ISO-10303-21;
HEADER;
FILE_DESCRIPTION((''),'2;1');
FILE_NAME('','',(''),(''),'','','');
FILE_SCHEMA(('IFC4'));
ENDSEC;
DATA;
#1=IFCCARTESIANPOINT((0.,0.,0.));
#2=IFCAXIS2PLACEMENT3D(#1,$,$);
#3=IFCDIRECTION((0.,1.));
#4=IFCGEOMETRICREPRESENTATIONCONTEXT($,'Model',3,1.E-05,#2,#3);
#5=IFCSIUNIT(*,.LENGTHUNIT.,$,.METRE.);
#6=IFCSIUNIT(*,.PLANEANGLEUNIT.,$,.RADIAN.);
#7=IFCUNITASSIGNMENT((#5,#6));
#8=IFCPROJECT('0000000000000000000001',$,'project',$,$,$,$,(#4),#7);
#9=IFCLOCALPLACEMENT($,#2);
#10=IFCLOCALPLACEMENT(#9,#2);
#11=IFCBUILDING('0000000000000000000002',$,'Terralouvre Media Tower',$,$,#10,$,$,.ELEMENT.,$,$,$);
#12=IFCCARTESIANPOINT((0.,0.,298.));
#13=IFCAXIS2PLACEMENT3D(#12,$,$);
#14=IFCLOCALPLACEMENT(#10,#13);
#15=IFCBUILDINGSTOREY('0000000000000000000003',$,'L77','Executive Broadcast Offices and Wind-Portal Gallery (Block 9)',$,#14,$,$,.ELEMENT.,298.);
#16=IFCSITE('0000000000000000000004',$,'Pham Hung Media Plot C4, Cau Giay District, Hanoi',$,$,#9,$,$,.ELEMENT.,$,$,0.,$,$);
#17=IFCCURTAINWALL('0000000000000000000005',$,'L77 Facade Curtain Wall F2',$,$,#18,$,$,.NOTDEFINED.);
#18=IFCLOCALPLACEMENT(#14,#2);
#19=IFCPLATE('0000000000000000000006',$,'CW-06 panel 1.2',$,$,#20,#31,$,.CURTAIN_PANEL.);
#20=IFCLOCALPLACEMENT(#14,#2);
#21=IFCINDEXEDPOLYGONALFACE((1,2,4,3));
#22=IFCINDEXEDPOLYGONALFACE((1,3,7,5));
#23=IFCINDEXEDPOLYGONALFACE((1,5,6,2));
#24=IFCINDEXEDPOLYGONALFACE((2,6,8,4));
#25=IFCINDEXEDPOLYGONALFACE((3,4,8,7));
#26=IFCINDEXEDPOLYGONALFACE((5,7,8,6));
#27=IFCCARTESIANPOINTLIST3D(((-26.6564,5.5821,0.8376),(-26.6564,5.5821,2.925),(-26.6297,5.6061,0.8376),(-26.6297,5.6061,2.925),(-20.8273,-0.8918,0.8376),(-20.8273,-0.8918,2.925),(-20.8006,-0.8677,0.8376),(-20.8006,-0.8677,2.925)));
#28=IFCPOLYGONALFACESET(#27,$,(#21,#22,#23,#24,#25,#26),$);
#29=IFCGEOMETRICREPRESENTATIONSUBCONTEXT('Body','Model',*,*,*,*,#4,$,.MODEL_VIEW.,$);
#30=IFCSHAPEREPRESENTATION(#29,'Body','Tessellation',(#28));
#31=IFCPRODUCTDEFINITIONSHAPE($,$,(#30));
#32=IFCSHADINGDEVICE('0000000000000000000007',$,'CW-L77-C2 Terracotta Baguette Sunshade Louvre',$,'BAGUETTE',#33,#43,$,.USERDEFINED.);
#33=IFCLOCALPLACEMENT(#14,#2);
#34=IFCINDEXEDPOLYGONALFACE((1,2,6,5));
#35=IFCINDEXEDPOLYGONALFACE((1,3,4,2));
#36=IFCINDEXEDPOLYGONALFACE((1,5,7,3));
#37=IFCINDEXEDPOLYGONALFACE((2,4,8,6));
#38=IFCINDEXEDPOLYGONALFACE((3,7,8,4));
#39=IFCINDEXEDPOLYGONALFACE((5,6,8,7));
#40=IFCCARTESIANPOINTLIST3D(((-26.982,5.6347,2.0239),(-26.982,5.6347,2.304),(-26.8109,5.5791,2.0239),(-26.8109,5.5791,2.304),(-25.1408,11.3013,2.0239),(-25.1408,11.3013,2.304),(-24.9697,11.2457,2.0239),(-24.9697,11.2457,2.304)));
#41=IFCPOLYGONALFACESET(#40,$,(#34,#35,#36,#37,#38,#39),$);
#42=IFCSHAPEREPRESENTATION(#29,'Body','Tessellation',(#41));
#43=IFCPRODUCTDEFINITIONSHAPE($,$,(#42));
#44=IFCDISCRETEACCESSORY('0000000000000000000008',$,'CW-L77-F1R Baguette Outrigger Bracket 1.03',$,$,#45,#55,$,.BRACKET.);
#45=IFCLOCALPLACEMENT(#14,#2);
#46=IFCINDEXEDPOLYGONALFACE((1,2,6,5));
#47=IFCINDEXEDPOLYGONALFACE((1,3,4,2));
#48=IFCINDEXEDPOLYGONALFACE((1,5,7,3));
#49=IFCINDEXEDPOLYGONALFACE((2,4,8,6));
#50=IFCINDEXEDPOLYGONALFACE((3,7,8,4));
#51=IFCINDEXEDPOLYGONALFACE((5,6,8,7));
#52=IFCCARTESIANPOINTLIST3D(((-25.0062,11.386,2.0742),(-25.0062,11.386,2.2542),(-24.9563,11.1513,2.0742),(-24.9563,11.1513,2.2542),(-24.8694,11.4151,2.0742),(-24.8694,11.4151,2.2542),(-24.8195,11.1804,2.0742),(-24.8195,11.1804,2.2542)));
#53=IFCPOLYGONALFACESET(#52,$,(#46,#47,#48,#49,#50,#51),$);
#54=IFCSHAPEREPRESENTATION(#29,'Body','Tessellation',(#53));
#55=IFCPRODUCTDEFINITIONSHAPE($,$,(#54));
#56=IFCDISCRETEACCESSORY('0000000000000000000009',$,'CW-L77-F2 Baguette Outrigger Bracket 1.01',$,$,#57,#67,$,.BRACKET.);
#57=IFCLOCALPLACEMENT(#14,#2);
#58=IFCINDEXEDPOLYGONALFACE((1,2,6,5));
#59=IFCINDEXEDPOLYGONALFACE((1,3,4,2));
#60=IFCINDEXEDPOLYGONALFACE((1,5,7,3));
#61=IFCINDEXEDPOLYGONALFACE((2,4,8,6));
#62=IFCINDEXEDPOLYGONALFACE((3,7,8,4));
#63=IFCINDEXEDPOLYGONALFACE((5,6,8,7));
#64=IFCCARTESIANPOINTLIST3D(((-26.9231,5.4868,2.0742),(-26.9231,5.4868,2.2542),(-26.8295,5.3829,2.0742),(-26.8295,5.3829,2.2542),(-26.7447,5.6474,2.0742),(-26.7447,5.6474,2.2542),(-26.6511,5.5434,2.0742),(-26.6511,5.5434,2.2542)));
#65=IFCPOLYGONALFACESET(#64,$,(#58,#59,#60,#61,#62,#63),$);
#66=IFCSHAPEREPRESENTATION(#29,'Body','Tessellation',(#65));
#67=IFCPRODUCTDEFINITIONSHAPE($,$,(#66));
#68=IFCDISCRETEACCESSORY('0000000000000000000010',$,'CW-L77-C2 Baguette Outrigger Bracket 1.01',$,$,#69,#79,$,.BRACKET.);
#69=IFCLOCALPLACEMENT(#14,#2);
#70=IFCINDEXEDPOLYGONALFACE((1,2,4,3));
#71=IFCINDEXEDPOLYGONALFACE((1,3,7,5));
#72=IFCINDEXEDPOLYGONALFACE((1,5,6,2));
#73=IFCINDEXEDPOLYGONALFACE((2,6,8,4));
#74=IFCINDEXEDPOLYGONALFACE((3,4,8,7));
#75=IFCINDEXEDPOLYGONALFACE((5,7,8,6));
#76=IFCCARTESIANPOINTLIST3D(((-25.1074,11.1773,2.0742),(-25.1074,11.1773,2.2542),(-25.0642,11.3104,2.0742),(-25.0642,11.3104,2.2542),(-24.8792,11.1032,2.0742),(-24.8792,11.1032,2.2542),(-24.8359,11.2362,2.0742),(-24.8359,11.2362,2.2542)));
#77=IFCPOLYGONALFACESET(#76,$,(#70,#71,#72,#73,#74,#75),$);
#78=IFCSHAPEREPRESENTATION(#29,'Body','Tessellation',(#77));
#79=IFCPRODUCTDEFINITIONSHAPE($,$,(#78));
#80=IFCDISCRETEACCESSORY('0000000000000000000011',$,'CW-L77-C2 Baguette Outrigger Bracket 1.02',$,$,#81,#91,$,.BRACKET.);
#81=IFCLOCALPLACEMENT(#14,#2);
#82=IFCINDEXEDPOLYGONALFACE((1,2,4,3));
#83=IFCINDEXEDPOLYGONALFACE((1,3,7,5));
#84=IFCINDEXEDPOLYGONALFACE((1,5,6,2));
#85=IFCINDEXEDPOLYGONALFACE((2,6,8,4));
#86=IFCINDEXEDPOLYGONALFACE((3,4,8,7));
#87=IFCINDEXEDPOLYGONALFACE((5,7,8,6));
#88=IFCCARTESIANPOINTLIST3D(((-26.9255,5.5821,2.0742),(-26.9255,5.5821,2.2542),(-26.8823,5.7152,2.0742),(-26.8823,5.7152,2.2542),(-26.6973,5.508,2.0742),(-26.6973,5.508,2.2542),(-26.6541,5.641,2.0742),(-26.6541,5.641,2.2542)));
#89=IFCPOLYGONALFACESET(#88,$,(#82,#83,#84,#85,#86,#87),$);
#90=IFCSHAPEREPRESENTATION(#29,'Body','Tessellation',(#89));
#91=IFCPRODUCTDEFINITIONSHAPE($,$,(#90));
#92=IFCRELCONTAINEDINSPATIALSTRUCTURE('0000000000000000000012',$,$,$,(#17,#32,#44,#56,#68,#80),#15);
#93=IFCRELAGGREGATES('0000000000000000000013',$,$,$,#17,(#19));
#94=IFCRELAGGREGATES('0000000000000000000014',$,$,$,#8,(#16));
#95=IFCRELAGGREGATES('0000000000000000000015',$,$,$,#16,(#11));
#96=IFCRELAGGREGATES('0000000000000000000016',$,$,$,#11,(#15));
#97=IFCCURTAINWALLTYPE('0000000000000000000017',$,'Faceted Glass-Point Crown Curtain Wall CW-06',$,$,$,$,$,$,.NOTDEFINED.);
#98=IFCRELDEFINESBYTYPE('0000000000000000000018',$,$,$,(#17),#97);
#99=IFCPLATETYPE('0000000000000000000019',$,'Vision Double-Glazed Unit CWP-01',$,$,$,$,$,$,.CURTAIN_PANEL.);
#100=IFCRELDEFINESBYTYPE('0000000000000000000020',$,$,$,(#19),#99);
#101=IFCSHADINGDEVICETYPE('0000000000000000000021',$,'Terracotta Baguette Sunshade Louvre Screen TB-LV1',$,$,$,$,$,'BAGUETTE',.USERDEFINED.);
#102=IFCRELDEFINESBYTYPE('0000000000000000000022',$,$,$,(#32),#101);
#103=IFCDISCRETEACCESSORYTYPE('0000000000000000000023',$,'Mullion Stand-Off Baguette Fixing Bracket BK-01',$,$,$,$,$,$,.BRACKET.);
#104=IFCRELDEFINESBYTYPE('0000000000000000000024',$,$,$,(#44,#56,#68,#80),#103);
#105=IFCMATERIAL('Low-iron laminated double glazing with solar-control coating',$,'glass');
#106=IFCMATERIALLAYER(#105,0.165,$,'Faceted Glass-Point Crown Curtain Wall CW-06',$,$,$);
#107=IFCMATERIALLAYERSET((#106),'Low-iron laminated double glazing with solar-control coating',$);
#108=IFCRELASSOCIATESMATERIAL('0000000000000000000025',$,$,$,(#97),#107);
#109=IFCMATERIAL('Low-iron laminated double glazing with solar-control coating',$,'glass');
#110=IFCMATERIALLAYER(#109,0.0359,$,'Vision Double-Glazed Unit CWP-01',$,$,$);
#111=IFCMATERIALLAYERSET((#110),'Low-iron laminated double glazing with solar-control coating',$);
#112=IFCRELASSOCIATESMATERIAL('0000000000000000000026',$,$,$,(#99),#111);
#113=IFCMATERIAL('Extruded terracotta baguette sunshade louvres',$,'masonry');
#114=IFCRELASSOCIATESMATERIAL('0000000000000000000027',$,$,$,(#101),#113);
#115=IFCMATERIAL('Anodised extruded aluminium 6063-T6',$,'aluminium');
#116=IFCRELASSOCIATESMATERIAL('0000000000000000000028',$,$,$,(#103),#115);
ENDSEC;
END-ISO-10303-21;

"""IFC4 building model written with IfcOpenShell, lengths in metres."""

from ifc_helpers import new_model, si_unit, direction, frame, origin, origin_2d, place, context, subcontext, project, spatial, rectangle, extrude, material, layer, layer_set, type_object, element, aggregate, save


model = new_model("IFC4")

# Units and contexts
model_context = context("Model", 3, precision=1e-05, world=origin(), true_north=direction((0.0, 1.0)))
body_context = subcontext(model_context, "Body", "Model", "MODEL_VIEW")
ifc_project = project(units=[si_unit("LENGTHUNIT", "METRE"), si_unit("PLANEANGLEUNIT", "RADIAN")], contexts=[model_context])

# Site, building, storey
site_placement = place(None, origin())
site = spatial("IfcSite", under=ifc_project, at=site_placement, Name="Pham Hung Media Plot C4, Cau Giay District, Hanoi", CompositionType="ELEMENT", RefElevation=0.0)
building_placement = place(site_placement, origin())
building = spatial("IfcBuilding", under=site, at=building_placement, Name="Terralouvre Media Tower", CompositionType="ELEMENT")
storey_placement = place(building_placement, frame((0.0, 0.0, 298.0)))
storey = spatial("IfcBuildingStorey", under=building, at=storey_placement, Name="L77", Description="Executive Broadcast Offices and Wind-Portal Gallery (Block 9)", CompositionType="ELEMENT", Elevation=298.0)

# Curtain wall
ifc_material_1 = material(Name="Low-iron laminated double glazing with solar-control coating", Category="glass")
ifc_layer_1 = layer(ifc_material_1, 0.165, Name="Faceted Glass-Point Crown Curtain Wall CW-06")
ifc_layer_set_1 = layer_set([ifc_layer_1], Name="Low-iron laminated double glazing with solar-control coating")
curtain_wall_type_1 = type_object("IfcCurtainWallType", Name="Faceted Glass-Point Crown Curtain Wall CW-06", PredefinedType="NOTDEFINED", material=ifc_layer_set_1)
curtain_wall_1_placement = place(storey_placement, origin())
curtain_wall_1 = element("IfcCurtainWall", 1, at=curtain_wall_1_placement, inside=storey, type_object=curtain_wall_type_1, Name="L77 Facade Curtain Wall F2", PredefinedType="NOTDEFINED")

# Plate
ifc_material_2 = material(Name="Low-iron laminated double glazing with solar-control coating", Category="glass")
ifc_layer_2 = layer(ifc_material_2, 0.0359, Name="Vision Double-Glazed Unit CWP-01")
ifc_layer_set_2 = layer_set([ifc_layer_2], Name="Low-iron laminated double glazing with solar-control coating")
plate_type_1 = type_object("IfcPlateType", Name="Vision Double-Glazed Unit CWP-01", PredefinedType="CURTAIN_PANEL", material=ifc_layer_set_2)
plate_1_placement = place(storey_placement, frame((-23.7285, 2.3572, 0.8376), z_axis=(0.0, 0.0, 1.0), x_axis=(0.669131, -0.743145, 0.0)))
plate_1 = element("IfcPlate", 2, at=plate_1_placement, type_object=plate_type_1, Name="CW-06 panel 1.2", PredefinedType="CURTAIN_PANEL", context=body_context, shape_type="SweptSolid", body=[
    extrude(rectangle(XDim=8.7114, YDim=0.0359, at=origin_2d()), origin(), (0.0, 0.0, 1.0), 2.0874),
])
aggregate(curtain_wall_1, [plate_1])

# Shading device
ifc_material_3 = material(Name="Extruded terracotta baguette sunshade louvres", Category="masonry")
shading_device_type = type_object("IfcShadingDeviceType", Name="Terracotta Baguette Sunshade Louvre Screen TB-LV1", ElementType="BAGUETTE", PredefinedType="USERDEFINED", material=ifc_material_3)
shading_device_placement = place(storey_placement, frame((-25.9758, 8.4402, 2.0239), z_axis=(0.0, 0.0, 1.0), x_axis=(-0.309017, -0.951057, 0.0)))
element("IfcShadingDevice", 3, at=shading_device_placement, inside=storey, type_object=shading_device_type, Name="CW-L77-C2 Terracotta Baguette Sunshade Louvre", ObjectType="BAGUETTE", PredefinedType="USERDEFINED", context=body_context, shape_type="SweptSolid", body=[
    extrude(rectangle(XDim=5.9583, YDim=0.1799, at=origin_2d()), origin(), (0.0, 0.0, 1.0), 0.28),
])

# Discrete accessories
ifc_material_4 = material(Name="Anodised extruded aluminium 6063-T6", Category="aluminium")
discrete_accessory_type = type_object("IfcDiscreteAccessoryType", Name="Mullion Stand-Off Baguette Fixing Bracket BK-01", PredefinedType="BRACKET", material=ifc_material_4)
for number, where, z_axis, x_axis, name in (
    (4, (-24.9128, 11.2832, 2.0742), (0.0, 0.0, 1.0), (-0.978148, -0.207911, 0.0), "CW-L77-F1R Baguette Outrigger Bracket 1.03"),
    (5, (-26.7871, 5.5151, 2.0742), (0.0, 0.0, 1.0), (0.669131, -0.743145, 0.0), "CW-L77-F2 Baguette Outrigger Bracket 1.01"),
    (6, (-24.9717, 11.2068, 2.0742), (0.0, 0.0, 1.0), (-0.309017, -0.951057, 0.0), "CW-L77-C2 Baguette Outrigger Bracket 1.01"),
    (7, (-26.7898, 5.6116, 2.0742), (0.0, 0.0, 1.0), (-0.309017, -0.951057, 0.0), "CW-L77-C2 Baguette Outrigger Bracket 1.02"),
):
    element("IfcDiscreteAccessory", number, at=place(storey_placement, frame(where, z_axis=z_axis, x_axis=x_axis)), inside=storey, type_object=discrete_accessory_type, Name=name, PredefinedType="BRACKET", context=body_context, shape_type="SweptSolid", body=[
        extrude(rectangle(XDim=0.1399, YDim=0.24, at=origin_2d()), origin(), (0.0, 0.0, 1.0), 0.1799),
    ])

save(model, "model.ifc")
